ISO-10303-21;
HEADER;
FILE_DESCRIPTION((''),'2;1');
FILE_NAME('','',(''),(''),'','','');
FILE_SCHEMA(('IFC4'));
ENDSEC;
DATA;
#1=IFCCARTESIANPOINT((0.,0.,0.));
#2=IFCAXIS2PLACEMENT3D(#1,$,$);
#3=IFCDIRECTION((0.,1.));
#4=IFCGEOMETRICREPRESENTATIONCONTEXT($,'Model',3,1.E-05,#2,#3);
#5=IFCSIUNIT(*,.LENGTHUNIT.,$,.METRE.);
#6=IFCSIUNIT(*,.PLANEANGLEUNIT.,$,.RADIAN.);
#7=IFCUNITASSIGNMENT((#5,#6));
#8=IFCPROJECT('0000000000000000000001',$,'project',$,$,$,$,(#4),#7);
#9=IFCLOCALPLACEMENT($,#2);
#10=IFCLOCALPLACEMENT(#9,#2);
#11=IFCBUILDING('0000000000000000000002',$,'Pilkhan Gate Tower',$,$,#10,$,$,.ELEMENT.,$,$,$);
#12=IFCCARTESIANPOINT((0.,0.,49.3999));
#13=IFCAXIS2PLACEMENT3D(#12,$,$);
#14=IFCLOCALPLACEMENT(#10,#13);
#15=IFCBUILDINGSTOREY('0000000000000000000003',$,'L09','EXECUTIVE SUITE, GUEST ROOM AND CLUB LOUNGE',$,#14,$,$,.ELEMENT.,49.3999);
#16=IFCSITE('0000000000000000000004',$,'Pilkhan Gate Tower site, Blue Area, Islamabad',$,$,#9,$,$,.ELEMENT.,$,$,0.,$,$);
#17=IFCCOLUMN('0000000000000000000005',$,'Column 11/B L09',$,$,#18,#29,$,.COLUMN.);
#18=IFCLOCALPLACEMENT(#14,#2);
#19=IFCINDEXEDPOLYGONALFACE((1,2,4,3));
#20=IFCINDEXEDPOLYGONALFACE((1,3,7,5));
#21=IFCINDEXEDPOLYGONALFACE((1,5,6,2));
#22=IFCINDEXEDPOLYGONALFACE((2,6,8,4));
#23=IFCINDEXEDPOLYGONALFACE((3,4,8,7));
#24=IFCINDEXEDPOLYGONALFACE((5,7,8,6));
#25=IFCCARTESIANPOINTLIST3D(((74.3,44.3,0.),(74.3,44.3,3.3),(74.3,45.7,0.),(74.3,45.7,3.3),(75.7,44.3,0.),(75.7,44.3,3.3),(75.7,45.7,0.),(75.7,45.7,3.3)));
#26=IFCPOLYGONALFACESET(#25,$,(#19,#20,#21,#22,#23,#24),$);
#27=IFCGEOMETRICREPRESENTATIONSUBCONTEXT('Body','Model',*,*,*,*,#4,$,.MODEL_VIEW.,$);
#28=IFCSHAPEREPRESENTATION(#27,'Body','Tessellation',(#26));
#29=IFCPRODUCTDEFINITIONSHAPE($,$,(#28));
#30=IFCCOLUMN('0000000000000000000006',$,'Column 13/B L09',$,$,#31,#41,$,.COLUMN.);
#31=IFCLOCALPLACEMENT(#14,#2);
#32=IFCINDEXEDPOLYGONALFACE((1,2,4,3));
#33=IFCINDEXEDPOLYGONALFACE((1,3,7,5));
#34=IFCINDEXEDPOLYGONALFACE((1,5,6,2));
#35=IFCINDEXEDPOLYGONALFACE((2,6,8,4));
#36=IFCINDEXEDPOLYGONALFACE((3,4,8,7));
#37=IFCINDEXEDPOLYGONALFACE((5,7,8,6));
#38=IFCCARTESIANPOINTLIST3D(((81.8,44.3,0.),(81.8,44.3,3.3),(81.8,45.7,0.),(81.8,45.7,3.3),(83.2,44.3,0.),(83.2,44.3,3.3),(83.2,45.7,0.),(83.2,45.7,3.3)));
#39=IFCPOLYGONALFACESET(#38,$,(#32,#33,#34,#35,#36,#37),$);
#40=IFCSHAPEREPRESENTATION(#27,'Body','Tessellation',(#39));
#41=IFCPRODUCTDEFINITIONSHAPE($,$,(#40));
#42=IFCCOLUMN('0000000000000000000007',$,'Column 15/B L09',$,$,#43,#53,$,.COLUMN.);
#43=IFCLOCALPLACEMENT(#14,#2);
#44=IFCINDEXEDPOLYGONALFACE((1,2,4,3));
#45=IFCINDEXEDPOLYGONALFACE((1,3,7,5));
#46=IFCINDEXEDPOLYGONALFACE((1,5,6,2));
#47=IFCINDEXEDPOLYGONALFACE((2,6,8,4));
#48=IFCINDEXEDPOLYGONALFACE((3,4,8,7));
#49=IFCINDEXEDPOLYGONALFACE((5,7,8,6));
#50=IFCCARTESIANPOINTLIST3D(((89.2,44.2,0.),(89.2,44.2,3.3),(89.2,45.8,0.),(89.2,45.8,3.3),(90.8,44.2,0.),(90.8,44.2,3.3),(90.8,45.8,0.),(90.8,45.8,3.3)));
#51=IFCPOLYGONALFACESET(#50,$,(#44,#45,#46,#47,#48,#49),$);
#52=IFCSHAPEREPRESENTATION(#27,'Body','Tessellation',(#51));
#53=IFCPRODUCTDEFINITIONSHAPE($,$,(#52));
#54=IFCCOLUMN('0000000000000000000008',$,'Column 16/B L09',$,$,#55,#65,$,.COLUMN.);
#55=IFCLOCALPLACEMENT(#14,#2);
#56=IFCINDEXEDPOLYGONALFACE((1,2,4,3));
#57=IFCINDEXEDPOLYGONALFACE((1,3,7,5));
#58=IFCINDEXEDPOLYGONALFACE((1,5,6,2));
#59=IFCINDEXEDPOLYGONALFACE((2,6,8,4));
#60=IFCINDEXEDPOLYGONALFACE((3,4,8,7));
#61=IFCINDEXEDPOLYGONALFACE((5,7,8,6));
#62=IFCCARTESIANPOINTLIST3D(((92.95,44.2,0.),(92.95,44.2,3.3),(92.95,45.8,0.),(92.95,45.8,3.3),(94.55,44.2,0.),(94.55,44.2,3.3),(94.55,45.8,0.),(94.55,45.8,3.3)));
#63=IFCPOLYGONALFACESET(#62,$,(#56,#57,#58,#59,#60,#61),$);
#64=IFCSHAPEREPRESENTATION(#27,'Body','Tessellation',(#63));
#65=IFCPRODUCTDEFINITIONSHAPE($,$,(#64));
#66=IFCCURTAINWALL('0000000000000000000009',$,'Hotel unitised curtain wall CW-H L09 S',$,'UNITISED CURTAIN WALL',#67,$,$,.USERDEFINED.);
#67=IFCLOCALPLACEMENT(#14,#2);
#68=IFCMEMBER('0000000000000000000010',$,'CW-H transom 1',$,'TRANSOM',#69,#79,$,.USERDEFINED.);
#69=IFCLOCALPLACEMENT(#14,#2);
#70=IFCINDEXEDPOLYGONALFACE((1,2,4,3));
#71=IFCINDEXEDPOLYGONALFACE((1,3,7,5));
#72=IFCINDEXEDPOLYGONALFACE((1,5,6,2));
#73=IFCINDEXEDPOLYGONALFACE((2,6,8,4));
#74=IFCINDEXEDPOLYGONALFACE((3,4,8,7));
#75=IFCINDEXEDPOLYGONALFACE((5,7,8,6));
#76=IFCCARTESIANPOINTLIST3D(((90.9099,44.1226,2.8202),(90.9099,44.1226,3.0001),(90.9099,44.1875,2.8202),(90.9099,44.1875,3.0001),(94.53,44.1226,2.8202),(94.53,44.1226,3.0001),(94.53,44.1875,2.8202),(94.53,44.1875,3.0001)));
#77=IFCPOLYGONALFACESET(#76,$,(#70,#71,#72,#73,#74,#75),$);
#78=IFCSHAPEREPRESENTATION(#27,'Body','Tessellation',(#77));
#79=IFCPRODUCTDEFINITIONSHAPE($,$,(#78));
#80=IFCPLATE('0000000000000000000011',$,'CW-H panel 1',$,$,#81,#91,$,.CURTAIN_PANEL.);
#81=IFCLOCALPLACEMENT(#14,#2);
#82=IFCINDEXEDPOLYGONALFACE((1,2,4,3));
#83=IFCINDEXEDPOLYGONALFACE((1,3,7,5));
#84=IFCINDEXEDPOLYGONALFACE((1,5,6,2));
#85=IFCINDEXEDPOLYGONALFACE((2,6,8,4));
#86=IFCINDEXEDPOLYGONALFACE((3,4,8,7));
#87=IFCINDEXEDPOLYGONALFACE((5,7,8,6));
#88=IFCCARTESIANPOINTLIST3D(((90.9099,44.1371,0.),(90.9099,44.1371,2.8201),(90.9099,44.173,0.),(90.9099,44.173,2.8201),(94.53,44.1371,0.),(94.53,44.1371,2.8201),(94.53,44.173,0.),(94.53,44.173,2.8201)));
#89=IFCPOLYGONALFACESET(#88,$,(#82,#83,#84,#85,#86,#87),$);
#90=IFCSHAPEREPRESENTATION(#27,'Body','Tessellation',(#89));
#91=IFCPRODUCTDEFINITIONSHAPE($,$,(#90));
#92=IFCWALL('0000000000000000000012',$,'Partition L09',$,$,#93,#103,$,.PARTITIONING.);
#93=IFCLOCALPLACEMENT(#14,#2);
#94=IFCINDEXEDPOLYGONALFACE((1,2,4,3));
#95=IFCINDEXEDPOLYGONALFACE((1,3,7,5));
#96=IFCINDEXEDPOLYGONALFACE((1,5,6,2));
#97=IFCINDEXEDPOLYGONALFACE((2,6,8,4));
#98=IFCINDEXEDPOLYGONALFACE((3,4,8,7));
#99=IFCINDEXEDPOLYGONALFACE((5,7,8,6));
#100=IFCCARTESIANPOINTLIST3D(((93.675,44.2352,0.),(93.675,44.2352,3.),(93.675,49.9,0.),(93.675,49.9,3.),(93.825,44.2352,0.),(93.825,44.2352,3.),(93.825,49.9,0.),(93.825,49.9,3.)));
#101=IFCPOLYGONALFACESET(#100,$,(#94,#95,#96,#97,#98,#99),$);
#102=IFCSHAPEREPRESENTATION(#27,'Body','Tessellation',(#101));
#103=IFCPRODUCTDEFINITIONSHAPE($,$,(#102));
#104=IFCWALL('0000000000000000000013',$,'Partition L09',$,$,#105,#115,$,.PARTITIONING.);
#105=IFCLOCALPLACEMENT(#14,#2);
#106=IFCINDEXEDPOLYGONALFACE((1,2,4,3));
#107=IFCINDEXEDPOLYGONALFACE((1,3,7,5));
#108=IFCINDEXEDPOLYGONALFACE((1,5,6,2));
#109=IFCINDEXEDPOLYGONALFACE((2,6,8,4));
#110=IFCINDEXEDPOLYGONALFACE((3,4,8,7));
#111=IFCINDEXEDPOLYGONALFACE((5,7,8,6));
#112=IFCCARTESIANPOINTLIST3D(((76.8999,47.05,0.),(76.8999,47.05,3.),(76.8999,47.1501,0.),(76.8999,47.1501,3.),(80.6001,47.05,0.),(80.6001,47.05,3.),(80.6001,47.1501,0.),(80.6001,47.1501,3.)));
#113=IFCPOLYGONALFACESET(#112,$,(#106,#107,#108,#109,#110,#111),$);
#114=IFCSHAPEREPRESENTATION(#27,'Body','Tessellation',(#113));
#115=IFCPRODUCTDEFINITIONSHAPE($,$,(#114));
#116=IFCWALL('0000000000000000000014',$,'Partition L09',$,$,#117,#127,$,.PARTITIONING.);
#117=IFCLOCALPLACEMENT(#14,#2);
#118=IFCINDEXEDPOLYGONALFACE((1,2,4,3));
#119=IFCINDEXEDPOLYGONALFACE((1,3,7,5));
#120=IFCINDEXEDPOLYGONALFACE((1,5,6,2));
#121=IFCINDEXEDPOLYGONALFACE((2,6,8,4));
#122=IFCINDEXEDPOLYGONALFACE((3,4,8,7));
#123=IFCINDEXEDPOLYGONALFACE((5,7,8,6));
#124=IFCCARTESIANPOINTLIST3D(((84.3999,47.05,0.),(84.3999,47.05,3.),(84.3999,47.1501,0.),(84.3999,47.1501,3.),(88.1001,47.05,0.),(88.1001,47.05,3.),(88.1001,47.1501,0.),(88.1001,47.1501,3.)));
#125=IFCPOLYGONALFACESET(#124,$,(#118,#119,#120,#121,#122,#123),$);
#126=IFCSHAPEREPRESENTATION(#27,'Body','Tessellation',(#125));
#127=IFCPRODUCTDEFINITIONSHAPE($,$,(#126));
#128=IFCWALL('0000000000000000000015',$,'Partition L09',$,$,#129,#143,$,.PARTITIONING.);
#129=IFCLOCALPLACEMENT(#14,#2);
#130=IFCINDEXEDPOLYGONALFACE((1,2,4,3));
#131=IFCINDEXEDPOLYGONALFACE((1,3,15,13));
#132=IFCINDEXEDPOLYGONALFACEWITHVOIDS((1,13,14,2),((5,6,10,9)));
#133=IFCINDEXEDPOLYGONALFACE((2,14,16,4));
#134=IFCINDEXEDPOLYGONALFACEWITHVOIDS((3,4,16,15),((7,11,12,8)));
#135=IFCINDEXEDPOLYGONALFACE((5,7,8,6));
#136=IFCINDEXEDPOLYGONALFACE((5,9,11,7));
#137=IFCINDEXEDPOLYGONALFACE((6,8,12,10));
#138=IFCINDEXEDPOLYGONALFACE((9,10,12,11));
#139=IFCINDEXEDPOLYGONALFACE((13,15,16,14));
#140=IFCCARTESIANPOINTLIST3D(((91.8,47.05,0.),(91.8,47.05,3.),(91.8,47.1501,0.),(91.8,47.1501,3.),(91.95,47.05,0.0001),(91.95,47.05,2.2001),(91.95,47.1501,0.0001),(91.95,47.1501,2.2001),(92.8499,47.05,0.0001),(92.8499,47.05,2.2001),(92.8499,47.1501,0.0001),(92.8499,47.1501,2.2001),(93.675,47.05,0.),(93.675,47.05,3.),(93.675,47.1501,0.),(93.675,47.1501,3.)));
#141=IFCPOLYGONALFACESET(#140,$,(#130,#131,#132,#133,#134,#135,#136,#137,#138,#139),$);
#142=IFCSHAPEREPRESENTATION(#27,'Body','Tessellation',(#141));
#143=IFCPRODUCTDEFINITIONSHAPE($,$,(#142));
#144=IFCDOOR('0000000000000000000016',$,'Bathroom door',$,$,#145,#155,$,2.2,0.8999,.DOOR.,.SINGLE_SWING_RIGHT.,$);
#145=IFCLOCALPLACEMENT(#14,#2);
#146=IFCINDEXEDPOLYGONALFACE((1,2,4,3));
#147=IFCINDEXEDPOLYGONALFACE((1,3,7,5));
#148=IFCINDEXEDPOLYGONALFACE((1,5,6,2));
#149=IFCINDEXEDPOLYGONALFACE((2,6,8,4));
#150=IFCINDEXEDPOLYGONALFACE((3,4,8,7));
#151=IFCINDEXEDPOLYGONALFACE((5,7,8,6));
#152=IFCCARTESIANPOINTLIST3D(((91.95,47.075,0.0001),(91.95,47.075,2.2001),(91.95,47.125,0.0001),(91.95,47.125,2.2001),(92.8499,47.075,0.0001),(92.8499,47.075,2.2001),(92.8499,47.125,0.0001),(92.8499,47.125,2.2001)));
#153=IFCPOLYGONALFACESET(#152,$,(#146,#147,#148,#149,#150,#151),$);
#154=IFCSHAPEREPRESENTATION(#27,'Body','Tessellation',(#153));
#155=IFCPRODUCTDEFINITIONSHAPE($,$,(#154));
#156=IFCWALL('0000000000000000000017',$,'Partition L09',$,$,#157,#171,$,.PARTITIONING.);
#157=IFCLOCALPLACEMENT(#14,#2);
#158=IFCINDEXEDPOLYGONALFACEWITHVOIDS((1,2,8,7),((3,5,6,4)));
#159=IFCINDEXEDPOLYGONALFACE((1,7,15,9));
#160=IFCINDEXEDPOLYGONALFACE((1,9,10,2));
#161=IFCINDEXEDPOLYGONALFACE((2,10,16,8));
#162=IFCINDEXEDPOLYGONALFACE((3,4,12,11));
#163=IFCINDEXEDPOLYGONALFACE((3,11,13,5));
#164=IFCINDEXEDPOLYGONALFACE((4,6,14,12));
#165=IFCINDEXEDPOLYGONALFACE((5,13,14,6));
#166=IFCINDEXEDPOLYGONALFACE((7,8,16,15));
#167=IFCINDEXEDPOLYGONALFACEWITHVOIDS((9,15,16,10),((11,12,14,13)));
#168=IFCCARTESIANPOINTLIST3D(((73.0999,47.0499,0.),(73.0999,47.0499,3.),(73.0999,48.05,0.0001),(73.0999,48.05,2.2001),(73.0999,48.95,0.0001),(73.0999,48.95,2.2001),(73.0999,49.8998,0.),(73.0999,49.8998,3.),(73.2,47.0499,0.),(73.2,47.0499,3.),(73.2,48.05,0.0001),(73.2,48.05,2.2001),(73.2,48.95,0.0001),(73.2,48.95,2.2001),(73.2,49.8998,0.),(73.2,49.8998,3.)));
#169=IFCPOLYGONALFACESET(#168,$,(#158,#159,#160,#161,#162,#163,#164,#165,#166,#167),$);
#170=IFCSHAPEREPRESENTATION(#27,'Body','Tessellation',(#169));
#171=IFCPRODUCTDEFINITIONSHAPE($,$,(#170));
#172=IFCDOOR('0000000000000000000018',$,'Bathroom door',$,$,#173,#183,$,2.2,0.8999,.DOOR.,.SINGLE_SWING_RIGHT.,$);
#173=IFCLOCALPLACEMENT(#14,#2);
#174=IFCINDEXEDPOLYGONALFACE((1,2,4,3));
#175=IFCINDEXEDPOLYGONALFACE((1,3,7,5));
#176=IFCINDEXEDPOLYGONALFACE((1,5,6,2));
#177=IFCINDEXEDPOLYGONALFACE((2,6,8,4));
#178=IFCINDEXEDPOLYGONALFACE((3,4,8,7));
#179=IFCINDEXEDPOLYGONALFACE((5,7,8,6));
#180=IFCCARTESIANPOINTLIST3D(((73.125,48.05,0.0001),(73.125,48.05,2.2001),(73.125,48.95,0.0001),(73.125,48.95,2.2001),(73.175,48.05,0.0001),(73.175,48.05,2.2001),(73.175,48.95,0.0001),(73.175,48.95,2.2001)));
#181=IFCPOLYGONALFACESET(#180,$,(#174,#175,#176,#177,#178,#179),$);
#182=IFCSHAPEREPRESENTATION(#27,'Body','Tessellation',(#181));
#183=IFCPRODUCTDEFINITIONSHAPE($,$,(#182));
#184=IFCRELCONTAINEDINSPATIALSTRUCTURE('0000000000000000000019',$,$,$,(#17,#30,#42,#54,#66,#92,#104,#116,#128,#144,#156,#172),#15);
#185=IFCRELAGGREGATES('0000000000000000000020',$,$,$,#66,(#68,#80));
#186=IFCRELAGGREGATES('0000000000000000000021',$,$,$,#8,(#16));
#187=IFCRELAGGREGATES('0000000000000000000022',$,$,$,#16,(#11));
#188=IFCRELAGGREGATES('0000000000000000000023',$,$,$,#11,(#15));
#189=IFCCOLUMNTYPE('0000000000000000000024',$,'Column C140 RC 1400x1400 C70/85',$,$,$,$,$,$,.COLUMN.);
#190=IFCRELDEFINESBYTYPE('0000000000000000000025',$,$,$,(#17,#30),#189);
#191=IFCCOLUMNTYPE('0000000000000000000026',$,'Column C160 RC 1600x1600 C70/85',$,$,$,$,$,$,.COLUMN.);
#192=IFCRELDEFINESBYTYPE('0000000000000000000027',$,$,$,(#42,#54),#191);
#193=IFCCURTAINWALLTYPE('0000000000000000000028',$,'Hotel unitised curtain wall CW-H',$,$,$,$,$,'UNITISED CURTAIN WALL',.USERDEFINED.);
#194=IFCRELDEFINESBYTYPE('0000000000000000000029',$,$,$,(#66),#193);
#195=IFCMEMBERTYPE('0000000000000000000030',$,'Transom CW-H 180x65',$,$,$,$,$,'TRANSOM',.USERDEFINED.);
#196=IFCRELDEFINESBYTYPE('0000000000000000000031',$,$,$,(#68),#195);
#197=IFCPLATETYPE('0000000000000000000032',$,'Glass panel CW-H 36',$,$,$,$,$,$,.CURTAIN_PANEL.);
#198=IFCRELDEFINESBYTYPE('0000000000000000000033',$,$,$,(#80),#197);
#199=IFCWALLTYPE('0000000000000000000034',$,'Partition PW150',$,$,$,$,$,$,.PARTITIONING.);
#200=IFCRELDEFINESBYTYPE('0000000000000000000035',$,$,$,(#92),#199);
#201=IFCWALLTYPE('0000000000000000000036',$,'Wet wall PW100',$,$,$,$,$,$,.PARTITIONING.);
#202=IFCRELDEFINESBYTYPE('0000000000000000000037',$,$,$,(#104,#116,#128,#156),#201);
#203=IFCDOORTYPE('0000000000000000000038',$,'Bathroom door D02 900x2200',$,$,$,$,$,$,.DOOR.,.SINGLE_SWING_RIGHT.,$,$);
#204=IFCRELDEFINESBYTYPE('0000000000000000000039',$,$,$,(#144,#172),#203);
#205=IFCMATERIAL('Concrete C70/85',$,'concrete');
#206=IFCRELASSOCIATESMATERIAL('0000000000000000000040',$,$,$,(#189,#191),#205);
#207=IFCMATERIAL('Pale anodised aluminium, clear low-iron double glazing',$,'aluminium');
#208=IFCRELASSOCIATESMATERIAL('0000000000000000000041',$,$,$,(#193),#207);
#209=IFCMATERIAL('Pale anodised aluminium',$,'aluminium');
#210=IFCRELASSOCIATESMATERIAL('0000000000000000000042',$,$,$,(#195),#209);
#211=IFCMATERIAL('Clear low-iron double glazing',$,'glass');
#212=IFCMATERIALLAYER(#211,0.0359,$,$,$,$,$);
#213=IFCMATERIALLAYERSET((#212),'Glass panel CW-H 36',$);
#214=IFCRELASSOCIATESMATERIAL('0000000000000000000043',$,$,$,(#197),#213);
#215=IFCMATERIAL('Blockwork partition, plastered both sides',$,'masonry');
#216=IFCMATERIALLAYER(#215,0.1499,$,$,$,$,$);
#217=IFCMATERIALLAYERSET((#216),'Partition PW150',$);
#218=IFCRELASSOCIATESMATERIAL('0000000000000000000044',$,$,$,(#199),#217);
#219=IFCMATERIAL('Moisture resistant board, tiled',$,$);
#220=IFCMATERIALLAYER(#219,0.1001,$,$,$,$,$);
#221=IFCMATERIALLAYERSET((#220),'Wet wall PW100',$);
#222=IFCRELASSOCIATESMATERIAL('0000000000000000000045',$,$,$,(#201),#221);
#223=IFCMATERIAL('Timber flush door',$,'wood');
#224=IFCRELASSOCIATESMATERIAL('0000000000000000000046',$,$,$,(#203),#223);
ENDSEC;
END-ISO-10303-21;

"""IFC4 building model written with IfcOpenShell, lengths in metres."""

from ifc_helpers import new_model, si_unit, direction, frame, frame_2d, origin, origin_2d, place, context, subcontext, project, spatial, rectangle, extrude, material, layer, layer_set, material_profile, profile_set, type_object, element, fill, aggregate, save


model = new_model("IFC4")

# Units and contexts
model_context = context("Model", 3, precision=1e-05, world=origin(), true_north=direction((0.0, 1.0)))
body_context = subcontext(model_context, "Body", "Model", "MODEL_VIEW")
ifc_project = project(units=[si_unit("LENGTHUNIT", "METRE"), si_unit("PLANEANGLEUNIT", "RADIAN")], contexts=[model_context])

# Site, building, storey
site_placement = place(None, origin())
site = spatial("IfcSite", under=ifc_project, at=site_placement, Name="Pilkhan Gate Tower site, Blue Area, Islamabad", CompositionType="ELEMENT", RefElevation=0.0)
building_placement = place(site_placement, origin())
building = spatial("IfcBuilding", under=site, at=building_placement, Name="Pilkhan Gate Tower", CompositionType="ELEMENT")
storey_placement = place(building_placement, frame((0.0, 0.0, 49.3999)))
storey = spatial("IfcBuildingStorey", under=building, at=storey_placement, Name="L09", Description="EXECUTIVE SUITE, GUEST ROOM AND CLUB LOUNGE", CompositionType="ELEMENT", Elevation=49.3999)

# Columns
ifc_material_1 = material(Name="Concrete C70/85", Category="concrete")
ifc_material_profile_1 = material_profile(ifc_material_1, rectangle(XDim=1.3999, YDim=1.3999, at=origin_2d()), Name="RC 1400x1400")
ifc_profile_set_1 = profile_set([ifc_material_profile_1], Name="Concrete C70/85")
column_type_1 = type_object("IfcColumnType", Name="Column C140 RC 1400x1400 C70/85", PredefinedType="COLUMN", material=ifc_profile_set_1)
for number, where, z_axis, x_axis, name in (
    (1, (75.0, 45.0, 0.0), (0.0, 0.0, 1.0), (1.0, 0.0, 0.0), "Column 11/B L09"),
    (2, (82.5, 45.0, 0.0), (0.0, 0.0, 1.0), (1.0, 0.0, 0.0), "Column 13/B L09"),
):
    element("IfcColumn", number, at=place(storey_placement, frame(where, z_axis=z_axis, x_axis=x_axis)), inside=storey, type_object=column_type_1, Name=name, PredefinedType="COLUMN", context=body_context, shape_type="SweptSolid", body=[
        extrude(rectangle(XDim=1.3999, YDim=1.3999, at=origin_2d()), origin(), (0.0, 0.0, 1.0), 3.3),
    ])
ifc_material_profile_2 = material_profile(ifc_material_1, rectangle(XDim=1.6001, YDim=1.6001, at=origin_2d()), Name="RC 1600x1600")
ifc_profile_set_2 = profile_set([ifc_material_profile_2], Name="Concrete C70/85")
column_type_2 = type_object("IfcColumnType", Name="Column C160 RC 1600x1600 C70/85", PredefinedType="COLUMN", material=ifc_profile_set_2)
for number, where, z_axis, x_axis, name in (
    (3, (90.0, 45.0, 0.0), (0.0, 0.0, 1.0), (1.0, 0.0, 0.0), "Column 15/B L09"),
    (4, (93.75, 45.0, 0.0), (0.0, 0.0, 1.0), (1.0, 0.0, 0.0), "Column 16/B L09"),
):
    element("IfcColumn", number, at=place(storey_placement, frame(where, z_axis=z_axis, x_axis=x_axis)), inside=storey, type_object=column_type_2, Name=name, PredefinedType="COLUMN", context=body_context, shape_type="SweptSolid", body=[
        extrude(rectangle(XDim=1.6001, YDim=1.6001, at=origin_2d()), origin(), (0.0, 0.0, 1.0), 3.3),
    ])

# Curtain wall, member, plate
ifc_material_2 = material(Name="Pale anodised aluminium, clear low-iron double glazing", Category="aluminium")
curtain_wall_type = type_object("IfcCurtainWallType", Name="Hotel unitised curtain wall CW-H", ElementType="UNITISED CURTAIN WALL", PredefinedType="USERDEFINED", material=ifc_material_2)
curtain_wall_placement = place(storey_placement, origin())
curtain_wall = element("IfcCurtainWall", 5, at=curtain_wall_placement, inside=storey, type_object=curtain_wall_type, Name="Hotel unitised curtain wall CW-H L09 S", ObjectType="UNITISED CURTAIN WALL", PredefinedType="USERDEFINED")
ifc_material_3 = material(Name="Pale anodised aluminium", Category="aluminium")
ifc_material_profile_3 = material_profile(ifc_material_3, rectangle(XDim=0.0649, YDim=0.1799, at=origin_2d()), Name="Transom 180x65")
ifc_profile_set_3 = profile_set([ifc_material_profile_3], Name="Pale anodised aluminium")
member_type = type_object("IfcMemberType", Name="Transom CW-H 180x65", ElementType="TRANSOM", PredefinedType="USERDEFINED", material=ifc_profile_set_3)
member_placement = place(storey_placement, frame((90.9099, 44.155, 2.9102), z_axis=(1.0, 0.0, 0.0), x_axis=(0.0, 1.0, 0.0)))
member = element("IfcMember", 6, at=member_placement, type_object=member_type, Name="CW-H transom 1", ObjectType="TRANSOM", PredefinedType="USERDEFINED", context=body_context, shape_type="SweptSolid", body=[
    extrude(rectangle(XDim=0.0649, YDim=0.1799, at=origin_2d()), origin(), (0.0, 0.0, 1.0), 3.6201),
])
ifc_material_4 = material(Name="Clear low-iron double glazing", Category="glass")
ifc_layer_1 = layer(ifc_material_4, 0.0359)
ifc_layer_set_1 = layer_set([ifc_layer_1], Name="Glass panel CW-H 36")
plate_type = type_object("IfcPlateType", Name="Glass panel CW-H 36", PredefinedType="CURTAIN_PANEL", material=ifc_layer_set_1)
plate_placement = place(storey_placement, frame((92.72, 44.155, 0.0), z_axis=(0.0, 0.0, 1.0), x_axis=(1.0, 0.0, 0.0)))
plate = element("IfcPlate", 7, at=plate_placement, type_object=plate_type, Name="CW-H panel 1", PredefinedType="CURTAIN_PANEL", context=body_context, shape_type="SweptSolid", body=[
    extrude(rectangle(XDim=3.6201, YDim=0.0359, at=origin_2d()), origin(), (0.0, 0.0, 1.0), 2.8201),
])
aggregate(curtain_wall, [member, plate])

# Walls
ifc_material_5 = material(Name="Blockwork partition, plastered both sides", Category="masonry")
ifc_layer_2 = layer(ifc_material_5, 0.1499)
ifc_layer_set_2 = layer_set([ifc_layer_2], Name="Partition PW150")
wall_type_1 = type_object("IfcWallType", Name="Partition PW150", PredefinedType="PARTITIONING", material=ifc_layer_set_2)
wall_1_placement = place(storey_placement, frame((93.75, 44.2351, 0.0), z_axis=(0.0, 0.0, 1.0), x_axis=(0.0, 1.0, 0.0)))
element("IfcWall", 8, at=wall_1_placement, inside=storey, type_object=wall_type_1, Name="Partition L09", PredefinedType="PARTITIONING", context=body_context, shape_type="SweptSolid", body=[
    extrude(rectangle(XDim=5.6648, YDim=0.1499, at=frame_2d((2.8325, 0.0))), origin(), (0.0, 0.0, 1.0), 3.0),
])
ifc_material_6 = material(Name="Moisture resistant board, tiled")
ifc_layer_3 = layer(ifc_material_6, 0.1001)
ifc_layer_set_3 = layer_set([ifc_layer_3], Name="Wet wall PW100")
wall_type_2 = type_object("IfcWallType", Name="Wet wall PW100", PredefinedType="PARTITIONING", material=ifc_layer_set_3)
for number, where, z_axis, x_axis, name in (
    (9, (76.8999, 47.1001, 0.0), (0.0, 0.0, 1.0), (1.0, 0.0, 0.0), "Partition L09"),
    (10, (84.3999, 47.1001, 0.0), (0.0, 0.0, 1.0), (1.0, 0.0, 0.0), "Partition L09"),
):
    element("IfcWall", number, at=place(storey_placement, frame(where, z_axis=z_axis, x_axis=x_axis)), inside=storey, type_object=wall_type_2, Name=name, PredefinedType="PARTITIONING", context=body_context, shape_type="SweptSolid", body=[
        extrude(rectangle(XDim=3.7002, YDim=0.1001, at=frame_2d((1.8501, 0.0))), origin(), (0.0, 0.0, 1.0), 3.0),
    ])

# Walls, openings, doors
wall_2_placement = place(storey_placement, frame((91.8, 47.1001, 0.0), z_axis=(0.0, 0.0, 1.0), x_axis=(1.0, 0.0, 0.0)))
wall_2 = element("IfcWall", 11, at=wall_2_placement, inside=storey, type_object=wall_type_2, Name="Partition L09", PredefinedType="PARTITIONING", context=body_context, shape_type="SweptSolid", body=[
    extrude(rectangle(XDim=1.875, YDim=0.1001, at=frame_2d((0.9375, 0.0))), origin(), (0.0, 0.0, 1.0), 3.0),
])
opening_1_placement = place(wall_2_placement, frame((0.1499, 0.0, 0.0)))
opening_1 = element("IfcOpeningElement", 12, at=opening_1_placement, cuts=wall_2, PredefinedType="OPENING", context=body_context, shape_type="SweptSolid", body=[
    extrude(rectangle(XDim=0.8999, YDim=2.2, at=frame_2d((0.45, 1.1001))), frame((0.0, 0.0601, 0.0), z_axis=(0.0, -1.0, 0.0), x_axis=(1.0, 0.0, 0.0)), (0.0, 0.0, 1.0), 0.1201),
])
ifc_material_7 = material(Name="Timber flush door", Category="wood")
door_type = type_object("IfcDoorType", Name="Bathroom door D02 900x2200", OperationType="SINGLE_SWING_RIGHT", PredefinedType="DOOR", material=ifc_material_7)
door_1_placement = place(opening_1_placement, origin())
door_1 = element("IfcDoor", 13, at=door_1_placement, inside=storey, type_object=door_type, Name="Bathroom door", OperationType="SINGLE_SWING_RIGHT", OverallHeight=2.2, OverallWidth=0.8999, PredefinedType="DOOR", context=body_context, shape_type="SweptSolid", body=[
    extrude(rectangle(XDim=0.8999, YDim=2.2, at=frame_2d((0.45, 1.1001))), frame((0.0, 0.0249, 0.0), z_axis=(0.0, -1.0, 0.0), x_axis=(1.0, 0.0, 0.0)), (0.0, 0.0, 1.0), 0.05),
])
fill(opening_1, door_1)
wall_3_placement = place(storey_placement, frame((73.1499, 47.05, 0.0), z_axis=(0.0, 0.0, 1.0), x_axis=(0.0, 1.0, 0.0)))
wall_3 = element("IfcWall", 14, at=wall_3_placement, inside=storey, type_object=wall_type_2, Name="Partition L09", PredefinedType="PARTITIONING", context=body_context, shape_type="SweptSolid", body=[
    extrude(rectangle(XDim=2.8499, YDim=0.1001, at=frame_2d((1.4248, 0.0))), origin(), (0.0, 0.0, 1.0), 3.0),
])
opening_2_placement = place(wall_3_placement, frame((1.0, 0.0, 0.0)))
opening_2 = element("IfcOpeningElement", 15, at=opening_2_placement, cuts=wall_3, PredefinedType="OPENING", context=body_context, shape_type="SweptSolid", body=[
    extrude(rectangle(XDim=0.8999, YDim=2.2, at=frame_2d((0.45, 1.1001))), frame((0.0, 0.0601, 0.0), z_axis=(0.0, -1.0, 0.0), x_axis=(1.0, 0.0, 0.0)), (0.0, 0.0, 1.0), 0.1201),
])
door_2_placement = place(opening_2_placement, origin())
door_2 = element("IfcDoor", 16, at=door_2_placement, inside=storey, type_object=door_type, Name="Bathroom door", OperationType="SINGLE_SWING_RIGHT", OverallHeight=2.2, OverallWidth=0.8999, PredefinedType="DOOR", context=body_context, shape_type="SweptSolid", body=[
    extrude(rectangle(XDim=0.8999, YDim=2.2, at=frame_2d((0.45, 1.1001))), frame((0.0, 0.0249, 0.0), z_axis=(0.0, -1.0, 0.0), x_axis=(1.0, 0.0, 0.0)), (0.0, 0.0, 1.0), 0.05),
])
fill(opening_2, door_2)

save(model, "model.ifc")
